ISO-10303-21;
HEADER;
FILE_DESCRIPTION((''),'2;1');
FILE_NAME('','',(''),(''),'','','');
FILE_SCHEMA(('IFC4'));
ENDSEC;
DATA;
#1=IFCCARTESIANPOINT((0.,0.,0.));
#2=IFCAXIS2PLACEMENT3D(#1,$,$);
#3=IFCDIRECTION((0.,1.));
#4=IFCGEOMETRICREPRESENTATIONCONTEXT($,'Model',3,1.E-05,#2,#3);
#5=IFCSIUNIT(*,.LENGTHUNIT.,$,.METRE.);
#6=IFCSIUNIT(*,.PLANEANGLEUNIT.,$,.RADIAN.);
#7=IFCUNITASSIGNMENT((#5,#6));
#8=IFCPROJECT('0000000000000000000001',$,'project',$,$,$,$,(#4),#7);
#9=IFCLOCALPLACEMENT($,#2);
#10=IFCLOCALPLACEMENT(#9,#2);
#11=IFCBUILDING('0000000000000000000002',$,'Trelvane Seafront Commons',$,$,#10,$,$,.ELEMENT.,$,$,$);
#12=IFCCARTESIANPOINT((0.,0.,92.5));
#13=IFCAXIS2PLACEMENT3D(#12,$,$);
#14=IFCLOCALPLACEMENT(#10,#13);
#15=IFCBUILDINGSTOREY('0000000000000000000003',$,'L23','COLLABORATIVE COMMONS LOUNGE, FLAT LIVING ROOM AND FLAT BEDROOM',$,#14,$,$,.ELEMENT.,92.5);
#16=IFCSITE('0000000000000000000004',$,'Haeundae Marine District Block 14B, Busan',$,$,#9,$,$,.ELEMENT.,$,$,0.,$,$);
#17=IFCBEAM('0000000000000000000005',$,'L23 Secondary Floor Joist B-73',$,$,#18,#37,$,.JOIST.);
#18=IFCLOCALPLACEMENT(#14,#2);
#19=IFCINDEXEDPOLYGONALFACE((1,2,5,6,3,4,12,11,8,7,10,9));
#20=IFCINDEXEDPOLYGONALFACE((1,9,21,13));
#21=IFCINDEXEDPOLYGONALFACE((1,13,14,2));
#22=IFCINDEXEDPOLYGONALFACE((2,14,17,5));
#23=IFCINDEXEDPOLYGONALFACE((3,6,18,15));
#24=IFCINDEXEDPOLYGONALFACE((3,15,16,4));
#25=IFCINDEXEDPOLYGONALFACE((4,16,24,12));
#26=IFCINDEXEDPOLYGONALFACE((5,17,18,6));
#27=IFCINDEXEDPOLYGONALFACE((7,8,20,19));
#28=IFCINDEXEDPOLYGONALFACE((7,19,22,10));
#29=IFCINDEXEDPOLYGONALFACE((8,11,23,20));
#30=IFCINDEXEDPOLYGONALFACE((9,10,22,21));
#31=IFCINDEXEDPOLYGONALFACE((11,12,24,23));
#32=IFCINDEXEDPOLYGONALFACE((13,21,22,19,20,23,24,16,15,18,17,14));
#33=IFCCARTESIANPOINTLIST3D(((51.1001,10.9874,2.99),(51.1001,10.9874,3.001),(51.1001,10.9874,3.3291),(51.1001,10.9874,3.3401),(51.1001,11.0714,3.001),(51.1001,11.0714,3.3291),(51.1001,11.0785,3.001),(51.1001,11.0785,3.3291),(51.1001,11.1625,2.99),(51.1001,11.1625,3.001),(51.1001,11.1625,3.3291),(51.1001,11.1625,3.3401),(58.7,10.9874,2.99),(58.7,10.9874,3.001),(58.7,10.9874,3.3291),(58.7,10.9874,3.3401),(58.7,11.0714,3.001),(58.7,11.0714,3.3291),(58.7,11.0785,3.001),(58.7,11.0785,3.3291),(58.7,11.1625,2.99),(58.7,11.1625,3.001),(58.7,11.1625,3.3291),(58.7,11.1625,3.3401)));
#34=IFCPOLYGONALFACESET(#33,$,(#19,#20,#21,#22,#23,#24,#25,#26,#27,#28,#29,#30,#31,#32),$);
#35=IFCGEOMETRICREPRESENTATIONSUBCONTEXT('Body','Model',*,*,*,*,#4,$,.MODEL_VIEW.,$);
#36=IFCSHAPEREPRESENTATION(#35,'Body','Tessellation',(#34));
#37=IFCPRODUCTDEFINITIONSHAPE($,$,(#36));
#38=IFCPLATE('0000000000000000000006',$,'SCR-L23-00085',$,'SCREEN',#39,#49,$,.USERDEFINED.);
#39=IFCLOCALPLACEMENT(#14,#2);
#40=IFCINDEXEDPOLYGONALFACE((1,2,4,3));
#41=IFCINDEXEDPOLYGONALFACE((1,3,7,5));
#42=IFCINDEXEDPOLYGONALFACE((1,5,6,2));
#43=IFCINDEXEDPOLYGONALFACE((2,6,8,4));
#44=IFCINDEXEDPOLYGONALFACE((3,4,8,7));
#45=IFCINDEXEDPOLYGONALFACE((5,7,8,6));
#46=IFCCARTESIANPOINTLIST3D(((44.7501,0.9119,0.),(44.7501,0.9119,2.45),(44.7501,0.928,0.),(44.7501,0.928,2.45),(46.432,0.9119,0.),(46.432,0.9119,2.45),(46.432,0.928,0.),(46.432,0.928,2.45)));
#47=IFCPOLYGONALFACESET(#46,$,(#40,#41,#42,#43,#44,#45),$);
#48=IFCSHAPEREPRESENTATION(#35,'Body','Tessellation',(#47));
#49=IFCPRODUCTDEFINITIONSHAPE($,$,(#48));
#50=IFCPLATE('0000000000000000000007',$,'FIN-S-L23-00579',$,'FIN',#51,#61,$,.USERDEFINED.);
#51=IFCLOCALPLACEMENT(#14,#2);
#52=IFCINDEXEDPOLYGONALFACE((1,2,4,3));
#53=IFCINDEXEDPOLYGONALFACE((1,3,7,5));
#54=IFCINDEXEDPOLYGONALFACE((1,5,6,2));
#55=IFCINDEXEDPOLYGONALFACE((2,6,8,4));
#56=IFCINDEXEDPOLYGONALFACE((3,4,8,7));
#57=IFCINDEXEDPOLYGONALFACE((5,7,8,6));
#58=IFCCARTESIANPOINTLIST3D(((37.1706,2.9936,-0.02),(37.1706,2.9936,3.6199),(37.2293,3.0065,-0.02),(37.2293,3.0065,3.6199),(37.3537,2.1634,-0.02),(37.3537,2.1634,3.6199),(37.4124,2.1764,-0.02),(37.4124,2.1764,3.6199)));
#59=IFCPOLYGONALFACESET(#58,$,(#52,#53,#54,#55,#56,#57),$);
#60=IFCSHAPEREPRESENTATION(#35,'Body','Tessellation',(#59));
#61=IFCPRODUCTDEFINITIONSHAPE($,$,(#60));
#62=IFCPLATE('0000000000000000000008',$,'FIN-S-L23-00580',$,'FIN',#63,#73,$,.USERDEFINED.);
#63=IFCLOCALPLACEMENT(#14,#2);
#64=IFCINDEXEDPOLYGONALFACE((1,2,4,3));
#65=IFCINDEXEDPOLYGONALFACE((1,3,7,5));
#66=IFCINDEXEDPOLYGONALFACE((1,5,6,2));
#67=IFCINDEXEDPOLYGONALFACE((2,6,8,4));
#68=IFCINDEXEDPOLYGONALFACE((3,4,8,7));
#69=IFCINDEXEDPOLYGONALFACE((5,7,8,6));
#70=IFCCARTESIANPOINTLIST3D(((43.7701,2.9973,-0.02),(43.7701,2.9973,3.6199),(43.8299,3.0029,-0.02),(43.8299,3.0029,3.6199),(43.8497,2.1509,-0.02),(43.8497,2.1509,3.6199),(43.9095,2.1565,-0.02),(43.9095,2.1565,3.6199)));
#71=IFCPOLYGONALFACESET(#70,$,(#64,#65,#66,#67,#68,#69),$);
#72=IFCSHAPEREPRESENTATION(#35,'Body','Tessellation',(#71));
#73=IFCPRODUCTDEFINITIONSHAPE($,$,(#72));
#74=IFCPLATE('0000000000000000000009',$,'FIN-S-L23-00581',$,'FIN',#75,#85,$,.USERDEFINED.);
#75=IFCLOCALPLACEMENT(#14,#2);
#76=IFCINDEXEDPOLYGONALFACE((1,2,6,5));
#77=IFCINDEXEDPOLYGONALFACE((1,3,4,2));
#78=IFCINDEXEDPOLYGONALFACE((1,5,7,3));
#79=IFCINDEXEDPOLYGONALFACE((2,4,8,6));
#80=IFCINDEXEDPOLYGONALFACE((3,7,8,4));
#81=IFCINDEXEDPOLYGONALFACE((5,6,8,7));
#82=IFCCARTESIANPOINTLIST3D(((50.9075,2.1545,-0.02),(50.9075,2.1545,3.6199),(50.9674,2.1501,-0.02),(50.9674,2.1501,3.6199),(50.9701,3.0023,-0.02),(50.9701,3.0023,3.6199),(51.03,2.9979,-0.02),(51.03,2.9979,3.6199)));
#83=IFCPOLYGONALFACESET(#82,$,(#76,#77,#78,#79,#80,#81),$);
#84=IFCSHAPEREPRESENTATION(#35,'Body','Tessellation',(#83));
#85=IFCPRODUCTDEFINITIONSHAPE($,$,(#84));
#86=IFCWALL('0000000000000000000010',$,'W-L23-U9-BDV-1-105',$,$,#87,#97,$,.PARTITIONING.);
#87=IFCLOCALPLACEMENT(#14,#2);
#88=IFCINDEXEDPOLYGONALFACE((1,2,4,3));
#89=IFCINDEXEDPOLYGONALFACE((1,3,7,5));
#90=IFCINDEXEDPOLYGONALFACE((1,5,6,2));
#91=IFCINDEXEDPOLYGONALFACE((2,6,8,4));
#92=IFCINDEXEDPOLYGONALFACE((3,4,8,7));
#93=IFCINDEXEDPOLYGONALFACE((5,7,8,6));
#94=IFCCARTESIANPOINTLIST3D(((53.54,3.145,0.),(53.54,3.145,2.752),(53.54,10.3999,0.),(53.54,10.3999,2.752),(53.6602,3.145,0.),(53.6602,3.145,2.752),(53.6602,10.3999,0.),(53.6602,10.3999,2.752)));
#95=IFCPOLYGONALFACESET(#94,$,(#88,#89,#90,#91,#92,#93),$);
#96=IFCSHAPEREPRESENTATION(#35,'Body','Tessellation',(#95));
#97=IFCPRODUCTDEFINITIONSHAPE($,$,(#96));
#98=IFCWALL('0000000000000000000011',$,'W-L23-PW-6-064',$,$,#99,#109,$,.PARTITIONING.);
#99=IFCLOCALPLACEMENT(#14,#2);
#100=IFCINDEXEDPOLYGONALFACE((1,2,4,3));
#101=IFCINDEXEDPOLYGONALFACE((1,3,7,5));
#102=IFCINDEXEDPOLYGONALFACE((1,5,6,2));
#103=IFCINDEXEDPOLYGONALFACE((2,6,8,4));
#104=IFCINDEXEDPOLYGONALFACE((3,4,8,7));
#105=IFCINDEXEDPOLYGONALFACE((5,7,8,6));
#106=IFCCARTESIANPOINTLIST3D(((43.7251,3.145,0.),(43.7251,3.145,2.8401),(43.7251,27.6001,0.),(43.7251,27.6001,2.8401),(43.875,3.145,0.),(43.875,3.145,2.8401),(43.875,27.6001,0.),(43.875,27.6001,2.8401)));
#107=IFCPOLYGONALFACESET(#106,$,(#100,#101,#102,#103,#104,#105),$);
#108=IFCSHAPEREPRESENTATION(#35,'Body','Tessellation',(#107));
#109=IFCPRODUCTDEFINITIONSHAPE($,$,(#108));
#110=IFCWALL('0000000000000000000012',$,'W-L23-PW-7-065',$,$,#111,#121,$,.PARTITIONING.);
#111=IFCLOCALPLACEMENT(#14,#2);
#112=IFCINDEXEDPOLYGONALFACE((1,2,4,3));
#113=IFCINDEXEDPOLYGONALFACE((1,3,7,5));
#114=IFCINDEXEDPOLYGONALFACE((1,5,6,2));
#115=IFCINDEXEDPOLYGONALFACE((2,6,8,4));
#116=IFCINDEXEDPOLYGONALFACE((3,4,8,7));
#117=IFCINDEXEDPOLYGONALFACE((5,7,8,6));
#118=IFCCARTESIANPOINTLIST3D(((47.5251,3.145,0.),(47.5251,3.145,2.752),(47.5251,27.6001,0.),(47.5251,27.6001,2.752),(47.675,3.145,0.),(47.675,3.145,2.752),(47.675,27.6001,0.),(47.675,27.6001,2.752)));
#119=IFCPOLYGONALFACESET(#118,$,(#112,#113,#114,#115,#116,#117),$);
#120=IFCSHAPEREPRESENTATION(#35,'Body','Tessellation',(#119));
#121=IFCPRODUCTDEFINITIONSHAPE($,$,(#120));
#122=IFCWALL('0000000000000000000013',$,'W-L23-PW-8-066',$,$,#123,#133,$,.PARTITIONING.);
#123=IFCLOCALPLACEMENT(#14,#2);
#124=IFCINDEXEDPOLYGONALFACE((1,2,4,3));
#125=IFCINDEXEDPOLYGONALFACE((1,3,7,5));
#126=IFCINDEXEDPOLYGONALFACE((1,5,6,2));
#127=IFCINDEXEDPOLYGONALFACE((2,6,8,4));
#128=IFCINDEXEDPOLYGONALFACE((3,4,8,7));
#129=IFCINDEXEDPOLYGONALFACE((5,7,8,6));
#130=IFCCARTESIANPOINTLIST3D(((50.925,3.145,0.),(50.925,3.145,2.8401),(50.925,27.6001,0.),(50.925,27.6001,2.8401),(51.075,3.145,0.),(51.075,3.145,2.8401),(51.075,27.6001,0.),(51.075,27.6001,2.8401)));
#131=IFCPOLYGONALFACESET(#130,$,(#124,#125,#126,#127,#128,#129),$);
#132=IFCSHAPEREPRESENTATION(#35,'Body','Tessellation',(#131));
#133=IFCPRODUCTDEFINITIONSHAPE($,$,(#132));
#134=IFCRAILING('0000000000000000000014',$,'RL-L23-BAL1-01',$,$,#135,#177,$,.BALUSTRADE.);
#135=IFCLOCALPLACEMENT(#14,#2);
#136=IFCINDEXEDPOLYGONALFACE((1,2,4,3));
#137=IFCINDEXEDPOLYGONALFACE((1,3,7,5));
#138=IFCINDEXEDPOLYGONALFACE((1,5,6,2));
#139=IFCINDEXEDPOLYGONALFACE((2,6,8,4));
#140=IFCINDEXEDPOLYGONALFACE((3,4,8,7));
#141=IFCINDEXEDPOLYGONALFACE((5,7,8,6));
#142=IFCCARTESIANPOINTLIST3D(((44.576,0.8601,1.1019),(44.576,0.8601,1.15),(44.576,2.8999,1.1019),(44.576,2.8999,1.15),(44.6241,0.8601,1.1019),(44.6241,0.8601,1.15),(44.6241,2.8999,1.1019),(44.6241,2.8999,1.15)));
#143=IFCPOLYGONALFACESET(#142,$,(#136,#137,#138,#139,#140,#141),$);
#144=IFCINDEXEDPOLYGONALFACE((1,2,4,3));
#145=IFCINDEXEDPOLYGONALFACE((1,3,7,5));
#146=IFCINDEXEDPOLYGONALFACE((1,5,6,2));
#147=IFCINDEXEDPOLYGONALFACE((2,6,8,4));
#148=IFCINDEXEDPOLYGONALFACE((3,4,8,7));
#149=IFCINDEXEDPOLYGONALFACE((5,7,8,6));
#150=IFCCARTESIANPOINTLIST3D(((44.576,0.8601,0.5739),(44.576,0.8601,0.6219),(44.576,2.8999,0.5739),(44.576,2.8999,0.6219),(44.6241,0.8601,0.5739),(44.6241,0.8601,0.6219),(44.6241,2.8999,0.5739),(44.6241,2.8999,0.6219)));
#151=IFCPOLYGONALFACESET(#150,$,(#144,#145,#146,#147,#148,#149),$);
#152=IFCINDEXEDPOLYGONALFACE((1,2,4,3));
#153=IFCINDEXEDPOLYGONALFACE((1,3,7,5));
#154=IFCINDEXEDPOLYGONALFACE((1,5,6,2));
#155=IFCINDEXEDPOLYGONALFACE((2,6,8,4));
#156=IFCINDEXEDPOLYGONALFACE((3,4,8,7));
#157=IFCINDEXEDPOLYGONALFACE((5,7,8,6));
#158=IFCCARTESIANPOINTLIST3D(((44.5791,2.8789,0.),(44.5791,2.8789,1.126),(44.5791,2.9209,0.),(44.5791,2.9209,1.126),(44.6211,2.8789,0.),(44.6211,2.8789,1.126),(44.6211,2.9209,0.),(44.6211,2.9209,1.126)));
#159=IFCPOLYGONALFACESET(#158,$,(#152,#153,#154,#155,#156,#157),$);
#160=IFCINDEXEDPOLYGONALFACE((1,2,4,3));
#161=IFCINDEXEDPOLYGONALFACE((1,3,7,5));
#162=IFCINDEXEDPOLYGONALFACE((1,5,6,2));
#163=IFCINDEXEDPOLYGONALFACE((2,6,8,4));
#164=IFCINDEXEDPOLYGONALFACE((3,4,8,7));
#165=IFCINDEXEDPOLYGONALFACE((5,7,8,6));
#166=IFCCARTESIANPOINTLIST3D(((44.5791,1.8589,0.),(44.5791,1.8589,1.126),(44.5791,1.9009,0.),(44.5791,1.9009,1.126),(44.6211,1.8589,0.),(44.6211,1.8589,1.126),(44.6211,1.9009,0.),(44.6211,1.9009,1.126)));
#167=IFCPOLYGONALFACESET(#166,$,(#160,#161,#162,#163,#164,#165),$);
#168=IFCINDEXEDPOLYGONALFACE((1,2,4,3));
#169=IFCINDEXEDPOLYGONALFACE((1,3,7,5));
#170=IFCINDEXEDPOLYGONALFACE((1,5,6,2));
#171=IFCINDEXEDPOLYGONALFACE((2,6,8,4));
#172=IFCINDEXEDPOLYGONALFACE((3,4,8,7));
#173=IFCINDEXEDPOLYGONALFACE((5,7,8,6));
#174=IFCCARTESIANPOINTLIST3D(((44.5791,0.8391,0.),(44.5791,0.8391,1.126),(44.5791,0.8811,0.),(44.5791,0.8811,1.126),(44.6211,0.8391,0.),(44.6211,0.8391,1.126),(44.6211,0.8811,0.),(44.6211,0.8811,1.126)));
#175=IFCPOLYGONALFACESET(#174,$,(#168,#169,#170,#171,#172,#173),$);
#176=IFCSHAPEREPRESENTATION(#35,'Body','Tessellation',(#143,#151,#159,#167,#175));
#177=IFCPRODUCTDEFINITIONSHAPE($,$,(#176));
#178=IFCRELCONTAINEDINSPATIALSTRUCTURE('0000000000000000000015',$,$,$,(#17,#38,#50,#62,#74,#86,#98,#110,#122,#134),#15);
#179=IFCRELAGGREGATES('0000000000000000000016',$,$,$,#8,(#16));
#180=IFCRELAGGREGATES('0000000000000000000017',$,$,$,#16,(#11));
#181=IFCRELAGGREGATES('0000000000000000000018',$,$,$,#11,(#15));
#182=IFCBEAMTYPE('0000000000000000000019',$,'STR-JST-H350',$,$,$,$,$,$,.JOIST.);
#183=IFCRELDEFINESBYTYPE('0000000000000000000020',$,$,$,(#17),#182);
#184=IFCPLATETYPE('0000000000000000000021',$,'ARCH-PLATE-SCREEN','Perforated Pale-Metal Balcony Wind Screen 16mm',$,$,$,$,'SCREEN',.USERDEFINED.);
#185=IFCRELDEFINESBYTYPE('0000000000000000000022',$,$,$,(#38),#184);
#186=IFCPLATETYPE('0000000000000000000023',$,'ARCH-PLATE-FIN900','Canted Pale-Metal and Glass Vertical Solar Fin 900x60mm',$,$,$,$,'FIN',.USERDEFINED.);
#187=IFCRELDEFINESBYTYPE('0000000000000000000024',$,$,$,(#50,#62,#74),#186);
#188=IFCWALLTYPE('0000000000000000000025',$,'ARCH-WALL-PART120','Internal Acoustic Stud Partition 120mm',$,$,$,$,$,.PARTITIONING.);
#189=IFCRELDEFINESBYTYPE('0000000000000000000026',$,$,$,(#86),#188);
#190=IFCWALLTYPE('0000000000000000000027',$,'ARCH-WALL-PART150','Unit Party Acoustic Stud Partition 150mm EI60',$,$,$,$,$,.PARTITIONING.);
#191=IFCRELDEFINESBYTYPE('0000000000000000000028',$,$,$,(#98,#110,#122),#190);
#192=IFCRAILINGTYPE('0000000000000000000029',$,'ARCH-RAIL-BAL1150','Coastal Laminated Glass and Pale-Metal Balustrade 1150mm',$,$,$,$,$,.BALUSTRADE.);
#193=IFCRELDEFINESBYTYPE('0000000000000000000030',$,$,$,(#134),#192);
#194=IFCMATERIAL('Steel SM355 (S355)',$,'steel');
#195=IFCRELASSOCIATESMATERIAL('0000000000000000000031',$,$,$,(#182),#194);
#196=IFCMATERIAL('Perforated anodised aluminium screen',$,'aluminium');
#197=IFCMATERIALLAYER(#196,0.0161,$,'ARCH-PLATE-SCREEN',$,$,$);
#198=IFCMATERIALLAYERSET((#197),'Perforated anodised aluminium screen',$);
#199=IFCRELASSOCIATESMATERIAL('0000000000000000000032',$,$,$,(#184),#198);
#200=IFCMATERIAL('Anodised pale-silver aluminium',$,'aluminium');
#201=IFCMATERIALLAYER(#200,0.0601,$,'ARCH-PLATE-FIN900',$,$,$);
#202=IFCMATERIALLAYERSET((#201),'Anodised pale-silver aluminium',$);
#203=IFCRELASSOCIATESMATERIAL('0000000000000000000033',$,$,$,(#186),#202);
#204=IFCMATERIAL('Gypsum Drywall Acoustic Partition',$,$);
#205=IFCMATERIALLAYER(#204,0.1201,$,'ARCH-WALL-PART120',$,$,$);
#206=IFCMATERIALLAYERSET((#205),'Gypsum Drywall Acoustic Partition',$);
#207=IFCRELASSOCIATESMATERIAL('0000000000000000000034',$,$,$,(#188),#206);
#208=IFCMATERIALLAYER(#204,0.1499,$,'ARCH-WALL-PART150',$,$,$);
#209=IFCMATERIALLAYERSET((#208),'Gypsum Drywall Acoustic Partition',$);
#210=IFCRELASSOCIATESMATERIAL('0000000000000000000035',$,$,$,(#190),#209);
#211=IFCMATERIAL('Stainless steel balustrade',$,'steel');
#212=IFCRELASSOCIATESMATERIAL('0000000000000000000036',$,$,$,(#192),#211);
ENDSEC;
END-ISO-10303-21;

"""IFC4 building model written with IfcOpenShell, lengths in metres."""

from ifc_helpers import new_model, si_unit, direction, frame, frame_2d, origin, origin_2d, place, context, subcontext, project, spatial, rectangle, i_section, extrude, source, transform, mapped, material, layer, layer_set, material_profile, profile_set, type_object, element, save


model = new_model("IFC4")

# Units and contexts
model_context = context("Model", 3, precision=1e-05, world=origin(), true_north=direction((0.0, 1.0)))
body_context = subcontext(model_context, "Body", "Model", "MODEL_VIEW")
ifc_project = project(units=[si_unit("LENGTHUNIT", "METRE"), si_unit("PLANEANGLEUNIT", "RADIAN")], contexts=[model_context])

# Site, building, storey
site_placement = place(None, origin())
site = spatial("IfcSite", under=ifc_project, at=site_placement, Name="Haeundae Marine District Block 14B, Busan", CompositionType="ELEMENT", RefElevation=0.0)
building_placement = place(site_placement, origin())
building = spatial("IfcBuilding", under=site, at=building_placement, Name="Trelvane Seafront Commons", CompositionType="ELEMENT")
storey_placement = place(building_placement, frame((0.0, 0.0, 92.5)))
storey = spatial("IfcBuildingStorey", under=building, at=storey_placement, Name="L23", Description="COLLABORATIVE COMMONS LOUNGE, FLAT LIVING ROOM AND FLAT BEDROOM", CompositionType="ELEMENT", Elevation=92.5)

# Shared definitions
ifc_material_1 = material(Name="Steel SM355 (S355)", Category="steel")

# Beam
ifc_material_profile_1 = material_profile(ifc_material_1, i_section(OverallWidth=0.175, OverallDepth=0.3501, WebThickness=0.0071, FlangeThickness=0.011, at=origin_2d()), Name="H-350x175x7x11")
ifc_profile_set_1 = profile_set([ifc_material_profile_1], Name="Steel SM355 (S355)")
beam_type_1 = type_object("IfcBeamType", Name="STR-JST-H350", PredefinedType="JOIST", material=ifc_profile_set_1)
shared_shape_1 = source(origin(), body_context, "Body", "SweptSolid", [
    extrude(i_section(OverallWidth=0.175, OverallDepth=0.3501, WebThickness=0.0071, FlangeThickness=0.011, at=origin_2d()), origin(), (0.0, 0.0, 1.0), 7.5999),
])
beam_1_placement = place(storey_placement, frame((51.1001, 11.075, 3.165), z_axis=(1.0, 0.0, 0.0), x_axis=(0.0, 1.0, 0.0)))
element("IfcBeam", 1, at=beam_1_placement, inside=storey, type_object=beam_type_1, Name="L23 Secondary Floor Joist B-73", PredefinedType="JOIST", context=body_context, shape_type="MappedRepresentation", body=[
    mapped(shared_shape_1, transform((0.0, 0.0, 0.0), x_axis=(1.0, 0.0, 0.0), y_axis=(0.0, 1.0, 0.0), z_axis=(0.0, 0.0, 1.0), scale=1.0)),
])

# Plates
ifc_material_2 = material(Name="Perforated anodised aluminium screen", Category="aluminium")
ifc_layer_1 = layer(ifc_material_2, 0.0161, Name="ARCH-PLATE-SCREEN")
ifc_layer_set_1 = layer_set([ifc_layer_1], Name="Perforated anodised aluminium screen")
plate_type_1 = type_object("IfcPlateType", Name="ARCH-PLATE-SCREEN", Description="Perforated Pale-Metal Balcony Wind Screen 16mm", ElementType="SCREEN", PredefinedType="USERDEFINED", material=ifc_layer_set_1)
shared_shape_2 = source(origin(), body_context, "Body", "SweptSolid", [
    extrude(rectangle(XDim=1.6819, YDim=0.0161, at=origin_2d()), origin(), (0.0, 0.0, 1.0), 2.45),
])
plate_placement = place(storey_placement, frame((45.5911, 0.9199, 0.0), z_axis=(0.0, 0.0, 1.0), x_axis=(1.0, 0.0, 0.0)))
element("IfcPlate", 2, at=plate_placement, inside=storey, type_object=plate_type_1, Name="SCR-L23-00085", ObjectType="SCREEN", PredefinedType="USERDEFINED", context=body_context, shape_type="MappedRepresentation", body=[
    mapped(shared_shape_2, transform((0.0, 0.0, 0.0), x_axis=(1.0, 0.0, 0.0), y_axis=(0.0, 1.0, 0.0), z_axis=(0.0, 0.0, 1.0), scale=1.0)),
])
ifc_material_3 = material(Name="Anodised pale-silver aluminium", Category="aluminium")
ifc_layer_2 = layer(ifc_material_3, 0.0601, Name="ARCH-PLATE-FIN900")
ifc_layer_set_2 = layer_set([ifc_layer_2], Name="Anodised pale-silver aluminium")
plate_type_2 = type_object("IfcPlateType", Name="ARCH-PLATE-FIN900", Description="Canted Pale-Metal and Glass Vertical Solar Fin 900x60mm", ElementType="FIN", PredefinedType="USERDEFINED", material=ifc_layer_set_2)
shared_shape_3 = source(origin(), body_context, "Body", "SweptSolid", [
    extrude(rectangle(XDim=0.8501, YDim=0.0601, at=origin_2d()), origin(), (0.0, 0.0, 1.0), 3.6399),
])
for number, where, z_axis, x_axis, name in (
    (3, (37.2915, 2.585, -0.02), (0.0, 0.0, 1.0), (0.215422, -0.976521, 0.0), "FIN-S-L23-00579"),
    (4, (43.8398, 2.5769, -0.02), (0.0, 0.0, 1.0), (0.093643, -0.995606, 0.0), "FIN-S-L23-00580"),
    (5, (50.9688, 2.5762, -0.02), (0.0, 0.0, 1.0), (-0.073529, -0.997293, 0.0), "FIN-S-L23-00581"),
):
    element("IfcPlate", number, at=place(storey_placement, frame(where, z_axis=z_axis, x_axis=x_axis)), inside=storey, type_object=plate_type_2, Name=name, ObjectType="FIN", PredefinedType="USERDEFINED", context=body_context, shape_type="MappedRepresentation", body=[
        mapped(shared_shape_3, transform((0.0, 0.0, 0.0), x_axis=(1.0, 0.0, 0.0), y_axis=(0.0, 1.0, 0.0), z_axis=(0.0, 0.0, 1.0), scale=1.0)),
    ])

# Shared definitions
ifc_material_4 = material(Name="Gypsum Drywall Acoustic Partition")
ifc_layer_3 = layer(ifc_material_4, 0.1201, Name="ARCH-WALL-PART120")
ifc_layer_set_3 = layer_set([ifc_layer_3], Name="Gypsum Drywall Acoustic Partition")
wall_type_1 = type_object("IfcWallType", Name="ARCH-WALL-PART120", Description="Internal Acoustic Stud Partition 120mm", PredefinedType="PARTITIONING", material=ifc_layer_set_3)

# Walls
wall_1_placement = place(storey_placement, frame((53.6001, 3.145, 0.0), z_axis=(0.0, 0.0, 1.0), x_axis=(0.0, 1.0, 0.0)))
element("IfcWall", 6, at=wall_1_placement, inside=storey, type_object=wall_type_1, Name="W-L23-U9-BDV-1-105", PredefinedType="PARTITIONING", context=body_context, shape_type="SweptSolid", body=[
    extrude(rectangle(XDim=7.2549, YDim=0.1201, at=frame_2d((3.6274, 0.0))), origin(), (0.0, 0.0, 1.0), 2.752),
])
ifc_layer_4 = layer(ifc_material_4, 0.1499, Name="ARCH-WALL-PART150")
ifc_layer_set_4 = layer_set([ifc_layer_4], Name="Gypsum Drywall Acoustic Partition")
wall_type_2 = type_object("IfcWallType", Name="ARCH-WALL-PART150", Description="Unit Party Acoustic Stud Partition 150mm EI60", PredefinedType="PARTITIONING", material=ifc_layer_set_4)
wall_2_placement = place(storey_placement, frame((43.8, 3.145, 0.0), z_axis=(0.0, 0.0, 1.0), x_axis=(0.0, 1.0, 0.0)))
element("IfcWall", 7, at=wall_2_placement, inside=storey, type_object=wall_type_2, Name="W-L23-PW-6-064", PredefinedType="PARTITIONING", context=body_context, shape_type="SweptSolid", body=[
    extrude(rectangle(XDim=24.4551, YDim=0.1499, at=frame_2d((12.2275, 0.0))), origin(), (0.0, 0.0, 1.0), 2.8401),
])
wall_3_placement = place(storey_placement, frame((47.6001, 3.145, 0.0), z_axis=(0.0, 0.0, 1.0), x_axis=(0.0, 1.0, 0.0)))
element("IfcWall", 8, at=wall_3_placement, inside=storey, type_object=wall_type_2, Name="W-L23-PW-7-065", PredefinedType="PARTITIONING", context=body_context, shape_type="SweptSolid", body=[
    extrude(rectangle(XDim=24.4551, YDim=0.1499, at=frame_2d((12.2275, 0.0))), origin(), (0.0, 0.0, 1.0), 2.752),
])
wall_4_placement = place(storey_placement, frame((51.0, 3.145, 0.0), z_axis=(0.0, 0.0, 1.0), x_axis=(0.0, 1.0, 0.0)))
element("IfcWall", 9, at=wall_4_placement, inside=storey, type_object=wall_type_2, Name="W-L23-PW-8-066", PredefinedType="PARTITIONING", context=body_context, shape_type="SweptSolid", body=[
    extrude(rectangle(XDim=24.4551, YDim=0.1499, at=frame_2d((12.2275, 0.0))), origin(), (0.0, 0.0, 1.0), 2.8401),
])

# Railing
ifc_material_5 = material(Name="Stainless steel balustrade", Category="steel")
railing_type = type_object("IfcRailingType", Name="ARCH-RAIL-BAL1150", Description="Coastal Laminated Glass and Pale-Metal Balustrade 1150mm", PredefinedType="BALUSTRADE", material=ifc_material_5)
railing_1_placement = place(storey_placement, frame((44.6001, 2.8999, 0.0)))
element("IfcRailing", 10, at=railing_1_placement, inside=storey, type_object=railing_type, Name="RL-L23-BAL1-01", PredefinedType="BALUSTRADE", context=body_context, shape_type="SweptSolid", body=[
    extrude(rectangle(XDim=0.0481, YDim=0.0481, at=origin_2d()), frame((0.0, 0.0, 1.126), z_axis=(0.0, -1.0, 0.0), x_axis=(1.0, 0.0, 0.0)), (0.0, 0.0, 1.0), 2.0398),
    extrude(rectangle(XDim=0.0481, YDim=0.0481, at=origin_2d()), frame((0.0, 0.0, 0.5979), z_axis=(0.0, -1.0, 0.0), x_axis=(1.0, 0.0, 0.0)), (0.0, 0.0, 1.0), 2.0398),
    extrude(rectangle(XDim=0.042, YDim=0.042, at=origin_2d()), origin(), (0.0, 0.0, 1.0), 1.126),
    extrude(rectangle(XDim=0.042, YDim=0.042, at=origin_2d()), frame((0.0, -1.02, 0.0)), (0.0, 0.0, 1.0), 1.126),
    extrude(rectangle(XDim=0.042, YDim=0.042, at=origin_2d()), frame((0.0, -2.0398, 0.0)), (0.0, 0.0, 1.0), 1.126),
])

save(model, "model.ifc")
